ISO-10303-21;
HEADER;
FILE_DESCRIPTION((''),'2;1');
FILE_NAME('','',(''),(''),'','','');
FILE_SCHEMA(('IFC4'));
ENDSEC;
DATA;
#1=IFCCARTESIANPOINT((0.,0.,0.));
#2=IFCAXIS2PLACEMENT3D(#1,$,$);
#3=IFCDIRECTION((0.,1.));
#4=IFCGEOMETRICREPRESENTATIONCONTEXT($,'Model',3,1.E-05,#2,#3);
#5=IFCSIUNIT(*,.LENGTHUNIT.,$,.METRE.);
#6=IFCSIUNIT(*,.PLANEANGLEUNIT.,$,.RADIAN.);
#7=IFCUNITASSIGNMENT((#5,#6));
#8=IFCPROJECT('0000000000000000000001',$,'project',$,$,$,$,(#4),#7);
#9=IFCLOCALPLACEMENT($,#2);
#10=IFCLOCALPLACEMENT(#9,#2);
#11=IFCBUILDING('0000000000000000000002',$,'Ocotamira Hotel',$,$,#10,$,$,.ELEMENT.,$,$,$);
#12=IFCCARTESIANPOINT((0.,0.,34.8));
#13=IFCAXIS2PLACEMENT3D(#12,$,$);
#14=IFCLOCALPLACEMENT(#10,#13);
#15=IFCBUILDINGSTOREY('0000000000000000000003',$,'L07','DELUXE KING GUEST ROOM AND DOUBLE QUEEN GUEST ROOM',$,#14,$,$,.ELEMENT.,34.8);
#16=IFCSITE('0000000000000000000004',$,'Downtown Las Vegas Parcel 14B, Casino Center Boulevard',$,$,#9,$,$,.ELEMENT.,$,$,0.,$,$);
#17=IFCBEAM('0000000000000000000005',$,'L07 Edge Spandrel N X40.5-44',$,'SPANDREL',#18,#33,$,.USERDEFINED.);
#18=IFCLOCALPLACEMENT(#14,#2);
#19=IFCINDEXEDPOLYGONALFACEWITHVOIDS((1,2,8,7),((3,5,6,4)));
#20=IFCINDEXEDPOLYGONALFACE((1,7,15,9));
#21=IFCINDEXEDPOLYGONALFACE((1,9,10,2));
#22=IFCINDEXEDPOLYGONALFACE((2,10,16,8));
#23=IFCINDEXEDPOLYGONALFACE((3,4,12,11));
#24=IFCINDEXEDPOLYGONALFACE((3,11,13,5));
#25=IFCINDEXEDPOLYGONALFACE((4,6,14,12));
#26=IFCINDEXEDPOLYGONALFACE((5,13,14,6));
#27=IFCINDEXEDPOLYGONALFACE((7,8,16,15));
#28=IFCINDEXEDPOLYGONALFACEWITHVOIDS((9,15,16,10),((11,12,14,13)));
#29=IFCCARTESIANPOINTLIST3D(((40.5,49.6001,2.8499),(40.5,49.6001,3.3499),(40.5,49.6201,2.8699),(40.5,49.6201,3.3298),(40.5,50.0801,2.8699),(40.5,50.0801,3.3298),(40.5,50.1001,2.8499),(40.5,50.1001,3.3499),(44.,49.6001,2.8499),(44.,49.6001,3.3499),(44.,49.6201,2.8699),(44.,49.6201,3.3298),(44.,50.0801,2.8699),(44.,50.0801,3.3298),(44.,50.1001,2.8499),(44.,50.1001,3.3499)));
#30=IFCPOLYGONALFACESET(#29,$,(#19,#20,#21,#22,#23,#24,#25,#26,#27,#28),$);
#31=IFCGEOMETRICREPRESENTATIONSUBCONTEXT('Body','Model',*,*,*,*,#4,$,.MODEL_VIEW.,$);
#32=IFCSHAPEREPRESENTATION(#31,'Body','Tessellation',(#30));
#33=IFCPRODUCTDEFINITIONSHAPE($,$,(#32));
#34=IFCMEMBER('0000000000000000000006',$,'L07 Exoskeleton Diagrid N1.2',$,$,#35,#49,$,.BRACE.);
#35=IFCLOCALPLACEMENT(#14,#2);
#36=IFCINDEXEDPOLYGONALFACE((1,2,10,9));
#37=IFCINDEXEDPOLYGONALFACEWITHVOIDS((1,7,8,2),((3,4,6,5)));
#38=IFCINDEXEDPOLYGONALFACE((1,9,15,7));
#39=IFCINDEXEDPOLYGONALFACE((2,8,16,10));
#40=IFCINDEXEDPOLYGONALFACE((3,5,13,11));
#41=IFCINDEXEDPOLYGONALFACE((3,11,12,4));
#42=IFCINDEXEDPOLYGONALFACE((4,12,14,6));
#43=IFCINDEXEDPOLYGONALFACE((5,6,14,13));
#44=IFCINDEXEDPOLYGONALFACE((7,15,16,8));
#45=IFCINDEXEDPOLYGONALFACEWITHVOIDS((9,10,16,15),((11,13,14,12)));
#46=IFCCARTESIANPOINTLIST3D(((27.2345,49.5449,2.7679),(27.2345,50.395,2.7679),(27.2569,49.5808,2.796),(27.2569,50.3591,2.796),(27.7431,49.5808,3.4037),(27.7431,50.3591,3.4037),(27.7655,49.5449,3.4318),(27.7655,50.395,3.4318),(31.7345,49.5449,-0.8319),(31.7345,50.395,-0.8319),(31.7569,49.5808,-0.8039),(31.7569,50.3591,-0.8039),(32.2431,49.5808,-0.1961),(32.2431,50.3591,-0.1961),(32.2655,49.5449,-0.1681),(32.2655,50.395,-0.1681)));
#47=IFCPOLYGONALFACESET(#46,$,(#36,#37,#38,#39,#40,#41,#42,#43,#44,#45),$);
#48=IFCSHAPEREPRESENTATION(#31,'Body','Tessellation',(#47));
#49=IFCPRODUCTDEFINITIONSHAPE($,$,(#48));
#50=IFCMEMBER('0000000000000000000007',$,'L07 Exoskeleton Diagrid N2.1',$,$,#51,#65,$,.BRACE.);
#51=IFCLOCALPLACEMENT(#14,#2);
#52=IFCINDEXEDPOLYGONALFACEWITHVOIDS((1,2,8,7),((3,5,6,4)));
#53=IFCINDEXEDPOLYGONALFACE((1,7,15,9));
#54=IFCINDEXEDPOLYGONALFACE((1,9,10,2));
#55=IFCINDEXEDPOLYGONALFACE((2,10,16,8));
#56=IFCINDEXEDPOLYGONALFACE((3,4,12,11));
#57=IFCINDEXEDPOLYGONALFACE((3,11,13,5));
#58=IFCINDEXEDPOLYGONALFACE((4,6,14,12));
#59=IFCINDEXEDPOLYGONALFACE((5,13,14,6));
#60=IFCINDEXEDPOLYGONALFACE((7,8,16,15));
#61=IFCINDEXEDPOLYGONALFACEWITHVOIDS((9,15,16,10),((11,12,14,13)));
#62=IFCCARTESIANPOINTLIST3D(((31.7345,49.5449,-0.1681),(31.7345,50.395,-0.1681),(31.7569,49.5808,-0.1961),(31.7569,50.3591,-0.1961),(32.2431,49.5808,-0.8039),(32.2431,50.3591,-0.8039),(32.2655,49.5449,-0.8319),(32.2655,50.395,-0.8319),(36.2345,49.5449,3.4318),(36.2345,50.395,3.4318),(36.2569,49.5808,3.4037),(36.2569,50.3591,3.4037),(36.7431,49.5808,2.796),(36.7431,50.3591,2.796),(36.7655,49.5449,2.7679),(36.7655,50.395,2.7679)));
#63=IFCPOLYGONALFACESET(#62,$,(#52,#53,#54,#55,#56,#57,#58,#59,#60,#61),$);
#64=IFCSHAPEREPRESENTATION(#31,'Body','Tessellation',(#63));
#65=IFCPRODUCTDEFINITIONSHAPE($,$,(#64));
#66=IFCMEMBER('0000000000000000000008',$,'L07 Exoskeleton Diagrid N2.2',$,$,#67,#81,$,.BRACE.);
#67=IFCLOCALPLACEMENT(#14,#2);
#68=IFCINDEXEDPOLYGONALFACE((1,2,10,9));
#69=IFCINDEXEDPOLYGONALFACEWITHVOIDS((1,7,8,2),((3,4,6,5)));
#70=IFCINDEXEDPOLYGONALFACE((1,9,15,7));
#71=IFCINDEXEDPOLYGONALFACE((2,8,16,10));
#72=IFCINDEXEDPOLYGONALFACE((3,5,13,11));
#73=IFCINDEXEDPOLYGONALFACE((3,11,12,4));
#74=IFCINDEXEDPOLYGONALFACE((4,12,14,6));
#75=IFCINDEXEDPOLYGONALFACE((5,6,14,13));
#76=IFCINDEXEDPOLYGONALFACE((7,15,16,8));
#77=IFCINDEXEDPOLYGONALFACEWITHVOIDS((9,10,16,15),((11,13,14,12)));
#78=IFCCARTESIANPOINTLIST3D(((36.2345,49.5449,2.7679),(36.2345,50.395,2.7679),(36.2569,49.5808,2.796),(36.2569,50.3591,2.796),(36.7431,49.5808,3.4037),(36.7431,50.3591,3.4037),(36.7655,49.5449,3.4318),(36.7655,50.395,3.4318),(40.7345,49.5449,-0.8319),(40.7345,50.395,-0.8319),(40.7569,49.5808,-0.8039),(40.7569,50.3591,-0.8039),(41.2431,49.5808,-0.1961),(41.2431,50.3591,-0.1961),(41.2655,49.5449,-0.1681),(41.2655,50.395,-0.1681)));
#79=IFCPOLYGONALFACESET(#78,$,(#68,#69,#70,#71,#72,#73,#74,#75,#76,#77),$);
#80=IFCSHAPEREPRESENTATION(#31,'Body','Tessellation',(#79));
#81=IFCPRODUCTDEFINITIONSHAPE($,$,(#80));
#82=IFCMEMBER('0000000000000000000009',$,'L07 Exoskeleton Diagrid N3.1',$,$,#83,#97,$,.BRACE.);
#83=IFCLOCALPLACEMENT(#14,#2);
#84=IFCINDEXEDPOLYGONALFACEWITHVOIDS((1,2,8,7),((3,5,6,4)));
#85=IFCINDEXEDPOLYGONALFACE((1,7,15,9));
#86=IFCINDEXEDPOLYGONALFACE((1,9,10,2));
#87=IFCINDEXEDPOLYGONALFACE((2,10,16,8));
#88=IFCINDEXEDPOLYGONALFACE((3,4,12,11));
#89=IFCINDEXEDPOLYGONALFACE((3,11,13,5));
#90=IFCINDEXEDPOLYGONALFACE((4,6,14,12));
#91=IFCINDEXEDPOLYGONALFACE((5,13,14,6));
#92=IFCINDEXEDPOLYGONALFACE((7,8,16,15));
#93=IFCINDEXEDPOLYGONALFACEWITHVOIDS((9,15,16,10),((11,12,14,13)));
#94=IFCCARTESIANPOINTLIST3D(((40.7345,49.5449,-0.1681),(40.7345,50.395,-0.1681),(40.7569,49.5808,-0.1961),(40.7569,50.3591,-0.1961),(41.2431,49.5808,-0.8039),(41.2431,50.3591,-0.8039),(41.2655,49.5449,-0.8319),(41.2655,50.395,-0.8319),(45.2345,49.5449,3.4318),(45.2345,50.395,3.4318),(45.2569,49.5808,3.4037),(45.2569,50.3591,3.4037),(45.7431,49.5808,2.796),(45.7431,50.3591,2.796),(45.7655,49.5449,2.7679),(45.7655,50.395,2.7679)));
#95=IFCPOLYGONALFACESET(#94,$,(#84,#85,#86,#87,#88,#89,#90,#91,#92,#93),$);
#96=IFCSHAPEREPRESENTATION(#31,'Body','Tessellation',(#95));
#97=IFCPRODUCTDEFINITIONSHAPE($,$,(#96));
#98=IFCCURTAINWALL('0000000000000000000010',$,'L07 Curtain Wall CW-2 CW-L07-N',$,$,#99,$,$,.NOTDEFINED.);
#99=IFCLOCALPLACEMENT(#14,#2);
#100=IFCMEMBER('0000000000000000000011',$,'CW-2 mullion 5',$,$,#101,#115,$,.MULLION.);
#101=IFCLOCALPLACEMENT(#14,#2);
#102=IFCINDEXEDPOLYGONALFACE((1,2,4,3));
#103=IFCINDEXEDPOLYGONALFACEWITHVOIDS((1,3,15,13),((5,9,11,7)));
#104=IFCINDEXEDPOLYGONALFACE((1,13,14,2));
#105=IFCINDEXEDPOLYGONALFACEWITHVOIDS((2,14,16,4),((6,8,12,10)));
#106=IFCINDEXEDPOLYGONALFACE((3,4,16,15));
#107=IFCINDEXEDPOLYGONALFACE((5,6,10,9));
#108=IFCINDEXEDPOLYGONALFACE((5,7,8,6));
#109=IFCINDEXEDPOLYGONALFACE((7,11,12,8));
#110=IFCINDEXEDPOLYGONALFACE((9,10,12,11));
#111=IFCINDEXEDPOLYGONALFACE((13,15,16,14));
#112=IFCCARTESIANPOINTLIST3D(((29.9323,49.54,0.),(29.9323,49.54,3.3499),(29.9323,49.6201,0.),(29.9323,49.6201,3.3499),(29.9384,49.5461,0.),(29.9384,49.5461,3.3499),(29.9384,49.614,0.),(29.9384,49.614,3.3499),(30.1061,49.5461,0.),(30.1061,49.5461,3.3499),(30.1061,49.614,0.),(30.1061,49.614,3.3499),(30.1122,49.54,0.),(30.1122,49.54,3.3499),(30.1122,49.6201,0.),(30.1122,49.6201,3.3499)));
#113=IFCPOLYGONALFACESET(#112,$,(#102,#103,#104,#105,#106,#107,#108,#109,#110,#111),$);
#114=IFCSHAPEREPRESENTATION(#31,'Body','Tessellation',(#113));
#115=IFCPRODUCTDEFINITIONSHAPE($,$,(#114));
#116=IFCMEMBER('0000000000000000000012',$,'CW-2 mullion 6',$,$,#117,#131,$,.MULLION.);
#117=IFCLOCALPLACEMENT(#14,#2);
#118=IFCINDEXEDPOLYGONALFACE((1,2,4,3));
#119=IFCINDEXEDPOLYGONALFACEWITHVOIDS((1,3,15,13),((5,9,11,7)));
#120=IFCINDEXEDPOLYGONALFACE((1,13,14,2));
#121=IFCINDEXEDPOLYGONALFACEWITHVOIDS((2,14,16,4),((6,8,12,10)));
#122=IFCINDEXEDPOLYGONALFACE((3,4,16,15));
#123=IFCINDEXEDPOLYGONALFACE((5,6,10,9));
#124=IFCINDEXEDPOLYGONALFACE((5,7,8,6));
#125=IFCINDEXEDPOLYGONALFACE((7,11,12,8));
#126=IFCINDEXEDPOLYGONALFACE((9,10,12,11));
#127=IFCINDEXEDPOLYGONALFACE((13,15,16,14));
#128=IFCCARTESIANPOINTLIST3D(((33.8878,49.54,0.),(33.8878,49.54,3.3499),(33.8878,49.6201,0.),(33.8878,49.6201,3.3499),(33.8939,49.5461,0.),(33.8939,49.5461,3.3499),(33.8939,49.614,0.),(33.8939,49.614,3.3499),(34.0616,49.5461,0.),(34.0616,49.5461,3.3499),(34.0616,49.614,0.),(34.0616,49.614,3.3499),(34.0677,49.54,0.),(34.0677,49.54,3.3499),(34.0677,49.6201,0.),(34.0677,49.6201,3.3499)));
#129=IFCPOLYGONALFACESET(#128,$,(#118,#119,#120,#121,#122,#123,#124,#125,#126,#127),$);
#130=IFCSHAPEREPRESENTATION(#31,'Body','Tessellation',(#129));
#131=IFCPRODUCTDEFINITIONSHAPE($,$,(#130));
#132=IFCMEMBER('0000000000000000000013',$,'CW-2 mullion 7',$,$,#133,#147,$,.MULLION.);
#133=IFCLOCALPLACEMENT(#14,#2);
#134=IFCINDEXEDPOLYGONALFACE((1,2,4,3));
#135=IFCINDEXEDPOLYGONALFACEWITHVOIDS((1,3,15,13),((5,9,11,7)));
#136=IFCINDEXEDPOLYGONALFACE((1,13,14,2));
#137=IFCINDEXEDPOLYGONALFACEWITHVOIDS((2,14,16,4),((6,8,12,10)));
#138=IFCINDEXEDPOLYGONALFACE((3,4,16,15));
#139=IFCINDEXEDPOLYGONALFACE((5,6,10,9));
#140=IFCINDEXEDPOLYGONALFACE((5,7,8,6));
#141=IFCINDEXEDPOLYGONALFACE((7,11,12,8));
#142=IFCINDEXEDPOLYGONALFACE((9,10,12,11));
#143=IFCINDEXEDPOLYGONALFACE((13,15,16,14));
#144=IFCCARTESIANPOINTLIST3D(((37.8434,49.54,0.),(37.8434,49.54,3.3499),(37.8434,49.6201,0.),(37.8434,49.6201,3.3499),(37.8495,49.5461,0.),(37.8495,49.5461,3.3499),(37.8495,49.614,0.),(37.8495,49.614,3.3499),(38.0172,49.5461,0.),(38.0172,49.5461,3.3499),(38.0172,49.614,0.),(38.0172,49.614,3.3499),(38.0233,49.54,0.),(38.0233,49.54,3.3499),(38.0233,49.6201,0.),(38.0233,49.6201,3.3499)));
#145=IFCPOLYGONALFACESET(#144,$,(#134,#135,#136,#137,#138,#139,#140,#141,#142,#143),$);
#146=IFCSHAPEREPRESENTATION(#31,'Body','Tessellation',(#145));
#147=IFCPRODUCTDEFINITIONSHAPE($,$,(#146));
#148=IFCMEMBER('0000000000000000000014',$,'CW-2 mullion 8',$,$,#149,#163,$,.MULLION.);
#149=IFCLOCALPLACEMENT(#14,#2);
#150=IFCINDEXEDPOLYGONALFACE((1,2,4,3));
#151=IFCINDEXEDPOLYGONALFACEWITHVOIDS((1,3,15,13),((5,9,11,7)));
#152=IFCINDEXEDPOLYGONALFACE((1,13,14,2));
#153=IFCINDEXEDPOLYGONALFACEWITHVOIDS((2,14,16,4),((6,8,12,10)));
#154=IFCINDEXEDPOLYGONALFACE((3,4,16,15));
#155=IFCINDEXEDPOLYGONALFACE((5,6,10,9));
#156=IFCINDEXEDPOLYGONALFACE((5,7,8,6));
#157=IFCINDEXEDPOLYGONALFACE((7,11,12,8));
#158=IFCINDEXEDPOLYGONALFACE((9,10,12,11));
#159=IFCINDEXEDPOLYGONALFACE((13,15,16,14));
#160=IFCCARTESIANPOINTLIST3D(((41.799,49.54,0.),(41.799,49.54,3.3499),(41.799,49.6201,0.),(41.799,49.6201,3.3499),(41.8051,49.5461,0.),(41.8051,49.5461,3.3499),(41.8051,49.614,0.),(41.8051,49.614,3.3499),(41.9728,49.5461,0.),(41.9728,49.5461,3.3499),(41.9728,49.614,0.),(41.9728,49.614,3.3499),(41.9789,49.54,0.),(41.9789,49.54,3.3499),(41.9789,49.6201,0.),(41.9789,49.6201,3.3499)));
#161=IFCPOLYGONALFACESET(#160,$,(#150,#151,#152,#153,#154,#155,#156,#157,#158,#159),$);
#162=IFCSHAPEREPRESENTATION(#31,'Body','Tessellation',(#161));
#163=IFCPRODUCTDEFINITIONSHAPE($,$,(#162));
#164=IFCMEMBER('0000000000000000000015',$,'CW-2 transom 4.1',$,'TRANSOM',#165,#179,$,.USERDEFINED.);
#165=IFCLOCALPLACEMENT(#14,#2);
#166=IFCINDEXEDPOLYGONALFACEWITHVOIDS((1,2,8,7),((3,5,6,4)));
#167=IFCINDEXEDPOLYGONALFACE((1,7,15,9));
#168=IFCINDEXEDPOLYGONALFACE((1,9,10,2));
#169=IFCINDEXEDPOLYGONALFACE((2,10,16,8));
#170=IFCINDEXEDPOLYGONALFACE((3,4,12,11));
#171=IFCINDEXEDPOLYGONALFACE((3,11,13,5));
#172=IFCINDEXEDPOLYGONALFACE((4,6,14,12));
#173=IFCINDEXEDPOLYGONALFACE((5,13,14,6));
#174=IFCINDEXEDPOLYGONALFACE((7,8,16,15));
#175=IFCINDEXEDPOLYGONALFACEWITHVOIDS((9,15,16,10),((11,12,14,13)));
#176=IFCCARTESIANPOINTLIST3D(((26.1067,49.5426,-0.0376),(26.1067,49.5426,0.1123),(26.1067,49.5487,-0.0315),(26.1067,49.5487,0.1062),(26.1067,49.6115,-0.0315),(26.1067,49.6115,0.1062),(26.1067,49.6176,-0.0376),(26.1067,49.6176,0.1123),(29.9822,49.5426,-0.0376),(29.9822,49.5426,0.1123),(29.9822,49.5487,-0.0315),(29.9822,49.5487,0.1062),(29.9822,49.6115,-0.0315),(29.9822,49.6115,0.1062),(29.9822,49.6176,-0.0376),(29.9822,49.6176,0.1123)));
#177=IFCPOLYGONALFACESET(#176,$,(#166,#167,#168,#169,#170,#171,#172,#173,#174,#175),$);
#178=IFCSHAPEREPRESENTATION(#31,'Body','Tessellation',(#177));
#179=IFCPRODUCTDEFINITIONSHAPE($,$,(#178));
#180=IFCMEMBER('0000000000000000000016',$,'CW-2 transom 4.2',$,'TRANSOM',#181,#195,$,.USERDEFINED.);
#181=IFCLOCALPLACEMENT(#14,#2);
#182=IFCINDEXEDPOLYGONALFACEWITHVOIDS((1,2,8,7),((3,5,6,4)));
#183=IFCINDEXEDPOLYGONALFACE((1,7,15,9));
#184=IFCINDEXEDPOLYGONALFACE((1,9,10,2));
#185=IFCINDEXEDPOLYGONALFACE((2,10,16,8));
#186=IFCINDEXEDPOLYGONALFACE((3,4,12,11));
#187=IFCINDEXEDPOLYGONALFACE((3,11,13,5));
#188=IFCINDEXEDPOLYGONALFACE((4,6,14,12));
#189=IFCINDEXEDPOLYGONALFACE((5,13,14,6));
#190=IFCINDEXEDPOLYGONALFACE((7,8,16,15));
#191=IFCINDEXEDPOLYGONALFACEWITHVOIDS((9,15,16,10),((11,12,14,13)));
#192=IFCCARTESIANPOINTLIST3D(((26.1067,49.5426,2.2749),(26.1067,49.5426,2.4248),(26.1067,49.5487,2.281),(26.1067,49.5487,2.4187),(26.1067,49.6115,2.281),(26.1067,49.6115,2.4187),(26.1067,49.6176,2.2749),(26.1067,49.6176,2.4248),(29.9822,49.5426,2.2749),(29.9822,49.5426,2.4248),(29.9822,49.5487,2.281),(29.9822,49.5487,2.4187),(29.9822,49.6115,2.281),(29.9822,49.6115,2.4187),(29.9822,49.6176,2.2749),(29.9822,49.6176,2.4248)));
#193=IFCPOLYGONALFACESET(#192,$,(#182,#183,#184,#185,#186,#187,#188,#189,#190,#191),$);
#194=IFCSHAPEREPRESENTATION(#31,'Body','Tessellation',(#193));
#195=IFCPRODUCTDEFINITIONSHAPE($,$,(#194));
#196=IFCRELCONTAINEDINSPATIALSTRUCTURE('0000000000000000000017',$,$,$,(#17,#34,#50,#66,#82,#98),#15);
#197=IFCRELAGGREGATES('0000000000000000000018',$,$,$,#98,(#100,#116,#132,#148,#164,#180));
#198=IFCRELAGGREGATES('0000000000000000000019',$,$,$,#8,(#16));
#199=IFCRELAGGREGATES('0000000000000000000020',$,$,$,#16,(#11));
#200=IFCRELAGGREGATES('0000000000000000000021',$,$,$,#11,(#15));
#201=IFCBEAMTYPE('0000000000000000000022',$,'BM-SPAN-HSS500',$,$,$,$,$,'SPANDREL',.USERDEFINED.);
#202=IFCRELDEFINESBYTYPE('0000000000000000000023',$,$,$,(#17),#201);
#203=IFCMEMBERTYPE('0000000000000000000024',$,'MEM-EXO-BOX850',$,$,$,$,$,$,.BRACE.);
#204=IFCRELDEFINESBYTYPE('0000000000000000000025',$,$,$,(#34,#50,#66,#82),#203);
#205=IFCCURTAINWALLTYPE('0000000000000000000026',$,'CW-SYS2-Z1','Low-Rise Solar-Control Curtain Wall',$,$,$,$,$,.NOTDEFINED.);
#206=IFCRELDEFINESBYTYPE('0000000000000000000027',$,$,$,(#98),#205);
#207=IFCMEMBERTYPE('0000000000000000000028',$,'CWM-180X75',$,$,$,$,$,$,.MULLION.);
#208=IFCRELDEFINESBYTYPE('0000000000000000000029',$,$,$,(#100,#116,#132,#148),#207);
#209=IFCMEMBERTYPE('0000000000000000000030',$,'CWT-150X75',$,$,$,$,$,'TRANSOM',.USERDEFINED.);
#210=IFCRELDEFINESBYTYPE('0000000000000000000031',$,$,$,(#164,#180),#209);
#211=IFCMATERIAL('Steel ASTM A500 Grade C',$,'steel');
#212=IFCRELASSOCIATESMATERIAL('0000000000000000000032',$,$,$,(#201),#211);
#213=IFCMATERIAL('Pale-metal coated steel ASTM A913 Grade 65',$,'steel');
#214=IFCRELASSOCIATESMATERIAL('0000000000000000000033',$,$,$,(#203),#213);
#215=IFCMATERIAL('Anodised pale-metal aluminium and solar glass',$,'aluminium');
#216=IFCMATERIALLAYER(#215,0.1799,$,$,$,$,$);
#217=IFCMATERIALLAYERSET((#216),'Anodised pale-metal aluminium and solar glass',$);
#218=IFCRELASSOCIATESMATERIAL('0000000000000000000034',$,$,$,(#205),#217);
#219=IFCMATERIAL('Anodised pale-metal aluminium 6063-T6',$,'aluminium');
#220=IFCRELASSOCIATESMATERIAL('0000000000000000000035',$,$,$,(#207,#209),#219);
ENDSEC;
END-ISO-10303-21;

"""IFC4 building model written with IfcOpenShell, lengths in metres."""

from ifc_helpers import new_model, si_unit, direction, frame, origin, origin_2d, place, context, subcontext, project, spatial, hollow_rectangle, extrude, source, transform, mapped, material, layer, layer_set, material_profile, profile_set, type_object, element, aggregate, save


model = new_model("IFC4")

# Units and contexts
model_context = context("Model", 3, precision=1e-05, world=origin(), true_north=direction((0.0, 1.0)))
body_context = subcontext(model_context, "Body", "Model", "MODEL_VIEW")
ifc_project = project(units=[si_unit("LENGTHUNIT", "METRE"), si_unit("PLANEANGLEUNIT", "RADIAN")], contexts=[model_context])

# Site, building, storey
site_placement = place(None, origin())
site = spatial("IfcSite", under=ifc_project, at=site_placement, Name="Downtown Las Vegas Parcel 14B, Casino Center Boulevard", CompositionType="ELEMENT", RefElevation=0.0)
building_placement = place(site_placement, origin())
building = spatial("IfcBuilding", under=site, at=building_placement, Name="Ocotamira Hotel", CompositionType="ELEMENT")
storey_placement = place(building_placement, frame((0.0, 0.0, 34.8)))
storey = spatial("IfcBuildingStorey", under=building, at=storey_placement, Name="L07", Description="DELUXE KING GUEST ROOM AND DOUBLE QUEEN GUEST ROOM", CompositionType="ELEMENT", Elevation=34.8)

# Beam
ifc_material_1 = material(Name="Steel ASTM A500 Grade C", Category="steel")
ifc_material_profile_1 = material_profile(ifc_material_1, hollow_rectangle(XDim=0.5, YDim=0.5, WallThickness=0.02, at=origin_2d()), Name="HSS500X500X20")
ifc_profile_set_1 = profile_set([ifc_material_profile_1], Name="Steel ASTM A500 Grade C")
beam_type = type_object("IfcBeamType", Name="BM-SPAN-HSS500", ElementType="SPANDREL", PredefinedType="USERDEFINED", material=ifc_profile_set_1)
shared_shape_1 = source(origin(), body_context, "Body", "SweptSolid", [
    extrude(hollow_rectangle(XDim=0.5, YDim=0.5, WallThickness=0.02, at=origin_2d()), origin(), (0.0, 0.0, 1.0), 3.5),
])
beam_placement = place(storey_placement, frame((40.5, 49.8501, 3.0999), z_axis=(1.0, 0.0, 0.0), x_axis=(0.0, 1.0, 0.0)))
element("IfcBeam", 1, at=beam_placement, inside=storey, type_object=beam_type, Name="L07 Edge Spandrel N X40.5-44", ObjectType="SPANDREL", PredefinedType="USERDEFINED", context=body_context, shape_type="MappedRepresentation", body=[
    mapped(shared_shape_1, transform((0.0, 0.0, 0.0), scale=1.0)),
])

# Members
ifc_material_2 = material(Name="Pale-metal coated steel ASTM A913 Grade 65", Category="steel")
ifc_material_profile_2 = material_profile(ifc_material_2, hollow_rectangle(XDim=0.8501, YDim=0.8501, WallThickness=0.0359, at=origin_2d()), Name="BOX850X850X36")
ifc_profile_set_2 = profile_set([ifc_material_profile_2], Name="Pale-metal coated steel ASTM A913 Grade 65")
member_type_1 = type_object("IfcMemberType", Name="MEM-EXO-BOX850", PredefinedType="BRACE", material=ifc_profile_set_2)
shared_shape_2 = source(origin(), body_context, "Body", "SweptSolid", [
    extrude(hollow_rectangle(XDim=0.8501, YDim=0.8501, WallThickness=0.0359, at=origin_2d()), origin(), (0.0, 0.0, 1.0), 5.7627),
])
for number, where, z_axis, x_axis, name in (
    (2, (32.0, 49.97, -0.5), (-0.780881, 0.0, 0.62468), (0.0, -1.0, 0.0), "L07 Exoskeleton Diagrid N1.2"),
    (3, (32.0, 49.97, -0.5), (0.780881, 0.0, 0.62468), (0.0, 1.0, 0.0), "L07 Exoskeleton Diagrid N2.1"),
    (4, (41.0, 49.97, -0.5), (-0.780881, 0.0, 0.62468), (0.0, -1.0, 0.0), "L07 Exoskeleton Diagrid N2.2"),
    (5, (41.0, 49.97, -0.5), (0.780881, 0.0, 0.62468), (0.0, 1.0, 0.0), "L07 Exoskeleton Diagrid N3.1"),
):
    element("IfcMember", number, at=place(storey_placement, frame(where, z_axis=z_axis, x_axis=x_axis)), inside=storey, type_object=member_type_1, Name=name, PredefinedType="BRACE", context=body_context, shape_type="MappedRepresentation", body=[
        mapped(shared_shape_2, transform((0.0, 0.0, 0.0), scale=1.0)),
    ])

# Curtain wall, members
ifc_material_3 = material(Name="Anodised pale-metal aluminium and solar glass", Category="aluminium")
ifc_layer_1 = layer(ifc_material_3, 0.1799)
ifc_layer_set_1 = layer_set([ifc_layer_1], Name="Anodised pale-metal aluminium and solar glass")
curtain_wall_type = type_object("IfcCurtainWallType", Name="CW-SYS2-Z1", Description="Low-Rise Solar-Control Curtain Wall", PredefinedType="NOTDEFINED", material=ifc_layer_set_1)
curtain_wall_placement = place(storey_placement, origin())
curtain_wall = element("IfcCurtainWall", 6, at=curtain_wall_placement, inside=storey, type_object=curtain_wall_type, Name="L07 Curtain Wall CW-2 CW-L07-N", PredefinedType="NOTDEFINED")
ifc_material_4 = material(Name="Anodised pale-metal aluminium 6063-T6", Category="aluminium")
ifc_material_profile_3 = material_profile(ifc_material_4, hollow_rectangle(XDim=0.0801, YDim=0.1799, WallThickness=0.0061, at=origin_2d()), Name="HSS180X80X6")
ifc_profile_set_3 = profile_set([ifc_material_profile_3], Name="Anodised pale-metal aluminium 6063-T6")
member_type_2 = type_object("IfcMemberType", Name="CWM-180X75", PredefinedType="MULLION", material=ifc_profile_set_3)
shared_shape_3 = source(origin(), body_context, "Body", "SweptSolid", [
    extrude(hollow_rectangle(XDim=0.0801, YDim=0.1799, WallThickness=0.0061, at=origin_2d()), origin(), (0.0, 0.0, 1.0), 3.3499),
])
member_1_placement = place(storey_placement, frame((30.0222, 49.5801, 0.0), z_axis=(0.0, 0.0, 1.0), x_axis=(0.0, 1.0, 0.0)))
member_1 = element("IfcMember", 7, at=member_1_placement, type_object=member_type_2, Name="CW-2 mullion 5", PredefinedType="MULLION", context=body_context, shape_type="MappedRepresentation", body=[
    mapped(shared_shape_3, transform((0.0, 0.0, 0.0), scale=1.0)),
])
member_2_placement = place(storey_placement, frame((33.9778, 49.5801, 0.0), z_axis=(0.0, 0.0, 1.0), x_axis=(0.0, 1.0, 0.0)))
member_2 = element("IfcMember", 8, at=member_2_placement, type_object=member_type_2, Name="CW-2 mullion 6", PredefinedType="MULLION", context=body_context, shape_type="MappedRepresentation", body=[
    mapped(shared_shape_3, transform((0.0, 0.0, 0.0), scale=1.0)),
])
member_3_placement = place(storey_placement, frame((37.9333, 49.5801, 0.0), z_axis=(0.0, 0.0, 1.0), x_axis=(0.0, 1.0, 0.0)))
member_3 = element("IfcMember", 9, at=member_3_placement, type_object=member_type_2, Name="CW-2 mullion 7", PredefinedType="MULLION", context=body_context, shape_type="MappedRepresentation", body=[
    mapped(shared_shape_3, transform((0.0, 0.0, 0.0), scale=1.0)),
])
member_4_placement = place(storey_placement, frame((41.8889, 49.5801, 0.0), z_axis=(0.0, 0.0, 1.0), x_axis=(0.0, 1.0, 0.0)))
member_4 = element("IfcMember", 10, at=member_4_placement, type_object=member_type_2, Name="CW-2 mullion 8", PredefinedType="MULLION", context=body_context, shape_type="MappedRepresentation", body=[
    mapped(shared_shape_3, transform((0.0, 0.0, 0.0), scale=1.0)),
])
ifc_material_profile_4 = material_profile(ifc_material_4, hollow_rectangle(XDim=0.075, YDim=0.1499, WallThickness=0.0061, at=origin_2d()), Name="HSS150X75X6")
ifc_profile_set_4 = profile_set([ifc_material_profile_4], Name="Anodised pale-metal aluminium 6063-T6")
member_type_3 = type_object("IfcMemberType", Name="CWT-150X75", ElementType="TRANSOM", PredefinedType="USERDEFINED", material=ifc_profile_set_4)
shared_shape_4 = source(origin(), body_context, "Body", "SweptSolid", [
    extrude(hollow_rectangle(XDim=0.075, YDim=0.1499, WallThickness=0.0061, at=origin_2d()), origin(), (0.0, 0.0, 1.0), 3.8755),
])
member_5_placement = place(storey_placement, frame((26.1067, 49.5801, 0.0374), z_axis=(1.0, 0.0, 0.0), x_axis=(0.0, 1.0, 0.0)))
member_5 = element("IfcMember", 11, at=member_5_placement, type_object=member_type_3, Name="CW-2 transom 4.1", ObjectType="TRANSOM", PredefinedType="USERDEFINED", context=body_context, shape_type="MappedRepresentation", body=[
    mapped(shared_shape_4, transform((0.0, 0.0, 0.0), scale=1.0)),
])
member_6_placement = place(storey_placement, frame((26.1067, 49.5801, 2.3499), z_axis=(1.0, 0.0, 0.0), x_axis=(0.0, 1.0, 0.0)))
member_6 = element("IfcMember", 12, at=member_6_placement, type_object=member_type_3, Name="CW-2 transom 4.2", ObjectType="TRANSOM", PredefinedType="USERDEFINED", context=body_context, shape_type="MappedRepresentation", body=[
    mapped(shared_shape_4, transform((0.0, 0.0, 0.0), scale=1.0)),
])

aggregate(curtain_wall, [member_1, member_2, member_3, member_4, member_5, member_6])

save(model, "model.ifc")
